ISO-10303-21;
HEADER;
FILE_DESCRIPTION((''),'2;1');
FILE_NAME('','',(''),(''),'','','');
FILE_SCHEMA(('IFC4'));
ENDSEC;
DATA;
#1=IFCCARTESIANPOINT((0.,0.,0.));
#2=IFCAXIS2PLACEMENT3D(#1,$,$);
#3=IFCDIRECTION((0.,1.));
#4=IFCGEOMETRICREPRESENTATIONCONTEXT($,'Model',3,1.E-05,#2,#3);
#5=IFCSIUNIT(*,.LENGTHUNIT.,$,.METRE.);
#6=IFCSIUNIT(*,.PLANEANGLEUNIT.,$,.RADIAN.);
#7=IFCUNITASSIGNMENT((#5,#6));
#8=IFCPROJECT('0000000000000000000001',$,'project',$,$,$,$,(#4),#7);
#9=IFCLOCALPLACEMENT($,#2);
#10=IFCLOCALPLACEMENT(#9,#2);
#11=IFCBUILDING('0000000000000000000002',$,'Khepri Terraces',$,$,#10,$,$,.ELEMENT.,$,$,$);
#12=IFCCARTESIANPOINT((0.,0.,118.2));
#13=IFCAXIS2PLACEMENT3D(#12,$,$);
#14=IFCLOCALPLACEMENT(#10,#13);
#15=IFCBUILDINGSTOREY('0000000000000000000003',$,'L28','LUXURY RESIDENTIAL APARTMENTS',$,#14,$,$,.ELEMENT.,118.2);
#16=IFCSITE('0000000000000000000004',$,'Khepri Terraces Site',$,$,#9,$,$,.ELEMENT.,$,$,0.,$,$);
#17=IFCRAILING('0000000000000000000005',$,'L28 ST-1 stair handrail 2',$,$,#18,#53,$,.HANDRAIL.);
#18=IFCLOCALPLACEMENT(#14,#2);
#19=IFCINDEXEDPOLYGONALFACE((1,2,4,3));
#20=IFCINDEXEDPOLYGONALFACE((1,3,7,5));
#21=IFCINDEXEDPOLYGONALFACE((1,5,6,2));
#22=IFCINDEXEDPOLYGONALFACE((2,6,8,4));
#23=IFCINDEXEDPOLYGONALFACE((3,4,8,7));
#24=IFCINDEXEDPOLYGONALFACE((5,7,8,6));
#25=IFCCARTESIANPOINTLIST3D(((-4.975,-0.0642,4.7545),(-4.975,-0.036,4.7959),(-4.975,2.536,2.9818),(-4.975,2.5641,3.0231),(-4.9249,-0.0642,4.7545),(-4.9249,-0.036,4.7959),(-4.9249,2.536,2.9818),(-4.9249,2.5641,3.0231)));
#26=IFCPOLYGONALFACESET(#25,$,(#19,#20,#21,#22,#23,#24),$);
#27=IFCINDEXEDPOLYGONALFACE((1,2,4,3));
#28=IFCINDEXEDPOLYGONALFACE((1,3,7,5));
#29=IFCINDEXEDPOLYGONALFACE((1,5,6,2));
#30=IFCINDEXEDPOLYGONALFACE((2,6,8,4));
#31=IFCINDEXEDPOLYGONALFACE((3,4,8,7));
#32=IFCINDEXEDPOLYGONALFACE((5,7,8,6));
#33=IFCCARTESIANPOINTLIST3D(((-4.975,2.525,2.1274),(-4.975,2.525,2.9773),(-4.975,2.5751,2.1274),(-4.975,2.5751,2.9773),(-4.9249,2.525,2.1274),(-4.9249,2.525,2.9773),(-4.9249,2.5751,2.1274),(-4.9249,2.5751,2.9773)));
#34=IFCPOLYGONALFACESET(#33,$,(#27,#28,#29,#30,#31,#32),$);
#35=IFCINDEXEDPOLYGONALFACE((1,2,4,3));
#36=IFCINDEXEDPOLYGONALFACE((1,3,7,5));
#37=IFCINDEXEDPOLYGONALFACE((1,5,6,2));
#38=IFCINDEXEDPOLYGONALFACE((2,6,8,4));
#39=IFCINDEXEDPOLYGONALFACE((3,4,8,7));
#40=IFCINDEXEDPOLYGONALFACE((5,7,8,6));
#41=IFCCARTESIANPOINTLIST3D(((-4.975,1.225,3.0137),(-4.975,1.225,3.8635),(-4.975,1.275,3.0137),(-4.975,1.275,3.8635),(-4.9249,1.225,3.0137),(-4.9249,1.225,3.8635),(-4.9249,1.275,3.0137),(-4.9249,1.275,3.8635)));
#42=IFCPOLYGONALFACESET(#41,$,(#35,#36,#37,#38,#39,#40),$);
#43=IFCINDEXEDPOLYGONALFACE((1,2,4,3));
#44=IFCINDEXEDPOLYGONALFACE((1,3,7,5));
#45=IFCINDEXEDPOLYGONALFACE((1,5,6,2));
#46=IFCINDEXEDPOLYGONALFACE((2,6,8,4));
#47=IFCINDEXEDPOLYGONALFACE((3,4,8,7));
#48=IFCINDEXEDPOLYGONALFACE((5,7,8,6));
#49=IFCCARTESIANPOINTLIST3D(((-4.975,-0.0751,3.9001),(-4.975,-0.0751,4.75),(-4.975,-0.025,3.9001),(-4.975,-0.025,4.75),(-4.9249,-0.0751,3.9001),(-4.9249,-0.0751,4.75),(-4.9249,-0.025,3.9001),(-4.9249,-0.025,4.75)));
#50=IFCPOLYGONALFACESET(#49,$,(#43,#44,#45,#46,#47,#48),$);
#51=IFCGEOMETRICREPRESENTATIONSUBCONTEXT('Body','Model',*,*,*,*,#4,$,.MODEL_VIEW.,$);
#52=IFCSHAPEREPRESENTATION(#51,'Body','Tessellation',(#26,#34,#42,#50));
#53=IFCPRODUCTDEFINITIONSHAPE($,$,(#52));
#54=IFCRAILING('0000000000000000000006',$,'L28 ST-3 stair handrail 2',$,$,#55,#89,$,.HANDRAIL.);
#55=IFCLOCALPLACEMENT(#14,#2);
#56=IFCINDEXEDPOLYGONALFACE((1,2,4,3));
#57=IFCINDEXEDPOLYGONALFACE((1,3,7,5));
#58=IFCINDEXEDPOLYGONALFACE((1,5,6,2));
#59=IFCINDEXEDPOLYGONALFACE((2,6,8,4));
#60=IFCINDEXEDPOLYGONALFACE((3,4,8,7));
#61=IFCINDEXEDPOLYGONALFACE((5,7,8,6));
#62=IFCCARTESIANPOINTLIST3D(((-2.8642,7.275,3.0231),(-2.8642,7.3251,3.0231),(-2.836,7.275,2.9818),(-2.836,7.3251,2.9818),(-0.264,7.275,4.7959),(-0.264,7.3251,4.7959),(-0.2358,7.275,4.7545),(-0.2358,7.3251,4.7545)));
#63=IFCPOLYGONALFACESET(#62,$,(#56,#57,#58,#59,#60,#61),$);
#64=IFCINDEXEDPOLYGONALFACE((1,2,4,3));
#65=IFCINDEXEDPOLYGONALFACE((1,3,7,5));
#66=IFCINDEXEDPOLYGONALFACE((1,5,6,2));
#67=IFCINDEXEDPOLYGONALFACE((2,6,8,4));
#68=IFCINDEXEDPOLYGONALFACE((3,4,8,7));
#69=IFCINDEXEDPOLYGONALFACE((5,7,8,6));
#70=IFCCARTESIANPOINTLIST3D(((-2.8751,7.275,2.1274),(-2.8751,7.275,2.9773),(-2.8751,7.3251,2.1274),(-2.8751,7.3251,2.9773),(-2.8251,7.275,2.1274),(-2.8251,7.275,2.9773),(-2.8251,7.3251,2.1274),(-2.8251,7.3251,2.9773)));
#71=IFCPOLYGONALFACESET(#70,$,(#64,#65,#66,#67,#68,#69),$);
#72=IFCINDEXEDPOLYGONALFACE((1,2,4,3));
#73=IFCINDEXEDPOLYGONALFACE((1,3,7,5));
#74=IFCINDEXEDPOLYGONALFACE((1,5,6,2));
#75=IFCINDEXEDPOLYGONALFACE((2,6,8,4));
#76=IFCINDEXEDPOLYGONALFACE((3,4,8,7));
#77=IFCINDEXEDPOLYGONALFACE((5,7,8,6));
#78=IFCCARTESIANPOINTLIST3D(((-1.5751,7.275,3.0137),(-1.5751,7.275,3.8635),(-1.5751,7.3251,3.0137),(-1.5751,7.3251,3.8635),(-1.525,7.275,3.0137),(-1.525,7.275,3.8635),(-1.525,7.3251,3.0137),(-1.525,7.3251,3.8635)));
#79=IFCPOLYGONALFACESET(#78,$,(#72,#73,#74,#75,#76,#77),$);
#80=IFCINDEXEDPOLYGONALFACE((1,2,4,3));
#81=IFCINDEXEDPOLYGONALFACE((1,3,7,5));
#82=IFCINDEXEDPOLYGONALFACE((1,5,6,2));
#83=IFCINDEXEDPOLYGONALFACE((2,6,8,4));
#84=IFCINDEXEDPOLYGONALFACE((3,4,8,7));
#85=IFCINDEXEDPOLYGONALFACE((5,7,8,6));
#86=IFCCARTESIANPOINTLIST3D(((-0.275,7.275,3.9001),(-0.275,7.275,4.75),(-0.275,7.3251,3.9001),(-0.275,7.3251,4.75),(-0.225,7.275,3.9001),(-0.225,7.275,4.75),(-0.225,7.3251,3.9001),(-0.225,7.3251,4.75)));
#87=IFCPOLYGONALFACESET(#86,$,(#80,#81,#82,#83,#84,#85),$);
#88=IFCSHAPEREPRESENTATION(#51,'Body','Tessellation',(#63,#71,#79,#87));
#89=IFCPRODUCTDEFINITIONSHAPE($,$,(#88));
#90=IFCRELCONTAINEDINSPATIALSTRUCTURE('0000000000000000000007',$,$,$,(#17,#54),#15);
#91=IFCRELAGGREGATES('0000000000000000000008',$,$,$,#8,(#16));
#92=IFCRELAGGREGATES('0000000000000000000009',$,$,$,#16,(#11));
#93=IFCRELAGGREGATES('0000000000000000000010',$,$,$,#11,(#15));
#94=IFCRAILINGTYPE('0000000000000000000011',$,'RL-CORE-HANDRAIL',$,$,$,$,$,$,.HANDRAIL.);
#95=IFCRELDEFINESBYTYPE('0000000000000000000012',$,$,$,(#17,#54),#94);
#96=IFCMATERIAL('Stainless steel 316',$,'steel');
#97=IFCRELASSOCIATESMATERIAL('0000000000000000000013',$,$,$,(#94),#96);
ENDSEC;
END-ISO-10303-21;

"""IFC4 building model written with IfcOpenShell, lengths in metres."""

from ifc_helpers import new_model, si_unit, direction, frame, origin, origin_2d, place, context, subcontext, project, spatial, rectangle, extrude, material, type_object, element, save


model = new_model("IFC4")

# Units and contexts
model_context = context("Model", 3, precision=1e-05, world=origin(), true_north=direction((0.0, 1.0)))
body_context = subcontext(model_context, "Body", "Model", "MODEL_VIEW")
ifc_project = project(units=[si_unit("LENGTHUNIT", "METRE"), si_unit("PLANEANGLEUNIT", "RADIAN")], contexts=[model_context])

# Site, building, storey
site_placement = place(None, origin())
site = spatial("IfcSite", under=ifc_project, at=site_placement, Name="Khepri Terraces Site", CompositionType="ELEMENT", RefElevation=0.0)
building_placement = place(site_placement, origin())
building = spatial("IfcBuilding", under=site, at=building_placement, Name="Khepri Terraces", CompositionType="ELEMENT")
storey_placement = place(building_placement, frame((0.0, 0.0, 118.2)))
storey = spatial("IfcBuildingStorey", under=building, at=storey_placement, Name="L28", Description="LUXURY RESIDENTIAL APARTMENTS", CompositionType="ELEMENT", Elevation=118.2)

# Railings
ifc_material_1 = material(Name="Stainless steel 316", Category="steel")
railing_type_1 = type_object("IfcRailingType", Name="RL-CORE-HANDRAIL", PredefinedType="HANDRAIL", material=ifc_material_1)
railing_1_placement = place(storey_placement, frame((-4.95, 2.55, 2.1274)))
element("IfcRailing", 1, at=railing_1_placement, inside=storey, type_object=railing_type_1, Name="L28 ST-1 stair handrail 2", PredefinedType="HANDRAIL", context=body_context, shape_type="SweptSolid", body=[
    extrude(rectangle(XDim=0.05, YDim=0.05, at=origin_2d()), frame((0.0, 0.0, 0.875), z_axis=(0.0, -0.82624, 0.563318), x_axis=(1.0, 0.0, 0.0)), (0.0, 0.0, 1.0), 3.147),
    extrude(rectangle(XDim=0.05, YDim=0.05, at=origin_2d()), origin(), (0.0, 0.0, 1.0), 0.8499),
    extrude(rectangle(XDim=0.05, YDim=0.05, at=origin_2d()), frame((0.0, -1.3, 0.8862)), (0.0, 0.0, 1.0), 0.8499),
    extrude(rectangle(XDim=0.05, YDim=0.05, at=origin_2d()), frame((0.0, -2.6001, 1.7727)), (0.0, 0.0, 1.0), 0.8499),
])
railing_2_placement = place(storey_placement, frame((-2.8501, 7.3, 2.1274)))
element("IfcRailing", 2, at=railing_2_placement, inside=storey, type_object=railing_type_1, Name="L28 ST-3 stair handrail 2", PredefinedType="HANDRAIL", context=body_context, shape_type="SweptSolid", body=[
    extrude(rectangle(XDim=0.05, YDim=0.05, at=origin_2d()), frame((0.0, 0.0, 0.875), z_axis=(0.82624, 0.0, 0.563318), x_axis=(0.0, 1.0, 0.0)), (0.0, 0.0, 1.0), 3.147),
    extrude(rectangle(XDim=0.05, YDim=0.05, at=origin_2d()), origin(), (0.0, 0.0, 1.0), 0.8499),
    extrude(rectangle(XDim=0.05, YDim=0.05, at=origin_2d()), frame((1.3, 0.0, 0.8862)), (0.0, 0.0, 1.0), 0.8499),
    extrude(rectangle(XDim=0.05, YDim=0.05, at=origin_2d()), frame((2.6001, 0.0, 1.7727)), (0.0, 0.0, 1.0), 0.8499),
])

save(model, "model.ifc")
